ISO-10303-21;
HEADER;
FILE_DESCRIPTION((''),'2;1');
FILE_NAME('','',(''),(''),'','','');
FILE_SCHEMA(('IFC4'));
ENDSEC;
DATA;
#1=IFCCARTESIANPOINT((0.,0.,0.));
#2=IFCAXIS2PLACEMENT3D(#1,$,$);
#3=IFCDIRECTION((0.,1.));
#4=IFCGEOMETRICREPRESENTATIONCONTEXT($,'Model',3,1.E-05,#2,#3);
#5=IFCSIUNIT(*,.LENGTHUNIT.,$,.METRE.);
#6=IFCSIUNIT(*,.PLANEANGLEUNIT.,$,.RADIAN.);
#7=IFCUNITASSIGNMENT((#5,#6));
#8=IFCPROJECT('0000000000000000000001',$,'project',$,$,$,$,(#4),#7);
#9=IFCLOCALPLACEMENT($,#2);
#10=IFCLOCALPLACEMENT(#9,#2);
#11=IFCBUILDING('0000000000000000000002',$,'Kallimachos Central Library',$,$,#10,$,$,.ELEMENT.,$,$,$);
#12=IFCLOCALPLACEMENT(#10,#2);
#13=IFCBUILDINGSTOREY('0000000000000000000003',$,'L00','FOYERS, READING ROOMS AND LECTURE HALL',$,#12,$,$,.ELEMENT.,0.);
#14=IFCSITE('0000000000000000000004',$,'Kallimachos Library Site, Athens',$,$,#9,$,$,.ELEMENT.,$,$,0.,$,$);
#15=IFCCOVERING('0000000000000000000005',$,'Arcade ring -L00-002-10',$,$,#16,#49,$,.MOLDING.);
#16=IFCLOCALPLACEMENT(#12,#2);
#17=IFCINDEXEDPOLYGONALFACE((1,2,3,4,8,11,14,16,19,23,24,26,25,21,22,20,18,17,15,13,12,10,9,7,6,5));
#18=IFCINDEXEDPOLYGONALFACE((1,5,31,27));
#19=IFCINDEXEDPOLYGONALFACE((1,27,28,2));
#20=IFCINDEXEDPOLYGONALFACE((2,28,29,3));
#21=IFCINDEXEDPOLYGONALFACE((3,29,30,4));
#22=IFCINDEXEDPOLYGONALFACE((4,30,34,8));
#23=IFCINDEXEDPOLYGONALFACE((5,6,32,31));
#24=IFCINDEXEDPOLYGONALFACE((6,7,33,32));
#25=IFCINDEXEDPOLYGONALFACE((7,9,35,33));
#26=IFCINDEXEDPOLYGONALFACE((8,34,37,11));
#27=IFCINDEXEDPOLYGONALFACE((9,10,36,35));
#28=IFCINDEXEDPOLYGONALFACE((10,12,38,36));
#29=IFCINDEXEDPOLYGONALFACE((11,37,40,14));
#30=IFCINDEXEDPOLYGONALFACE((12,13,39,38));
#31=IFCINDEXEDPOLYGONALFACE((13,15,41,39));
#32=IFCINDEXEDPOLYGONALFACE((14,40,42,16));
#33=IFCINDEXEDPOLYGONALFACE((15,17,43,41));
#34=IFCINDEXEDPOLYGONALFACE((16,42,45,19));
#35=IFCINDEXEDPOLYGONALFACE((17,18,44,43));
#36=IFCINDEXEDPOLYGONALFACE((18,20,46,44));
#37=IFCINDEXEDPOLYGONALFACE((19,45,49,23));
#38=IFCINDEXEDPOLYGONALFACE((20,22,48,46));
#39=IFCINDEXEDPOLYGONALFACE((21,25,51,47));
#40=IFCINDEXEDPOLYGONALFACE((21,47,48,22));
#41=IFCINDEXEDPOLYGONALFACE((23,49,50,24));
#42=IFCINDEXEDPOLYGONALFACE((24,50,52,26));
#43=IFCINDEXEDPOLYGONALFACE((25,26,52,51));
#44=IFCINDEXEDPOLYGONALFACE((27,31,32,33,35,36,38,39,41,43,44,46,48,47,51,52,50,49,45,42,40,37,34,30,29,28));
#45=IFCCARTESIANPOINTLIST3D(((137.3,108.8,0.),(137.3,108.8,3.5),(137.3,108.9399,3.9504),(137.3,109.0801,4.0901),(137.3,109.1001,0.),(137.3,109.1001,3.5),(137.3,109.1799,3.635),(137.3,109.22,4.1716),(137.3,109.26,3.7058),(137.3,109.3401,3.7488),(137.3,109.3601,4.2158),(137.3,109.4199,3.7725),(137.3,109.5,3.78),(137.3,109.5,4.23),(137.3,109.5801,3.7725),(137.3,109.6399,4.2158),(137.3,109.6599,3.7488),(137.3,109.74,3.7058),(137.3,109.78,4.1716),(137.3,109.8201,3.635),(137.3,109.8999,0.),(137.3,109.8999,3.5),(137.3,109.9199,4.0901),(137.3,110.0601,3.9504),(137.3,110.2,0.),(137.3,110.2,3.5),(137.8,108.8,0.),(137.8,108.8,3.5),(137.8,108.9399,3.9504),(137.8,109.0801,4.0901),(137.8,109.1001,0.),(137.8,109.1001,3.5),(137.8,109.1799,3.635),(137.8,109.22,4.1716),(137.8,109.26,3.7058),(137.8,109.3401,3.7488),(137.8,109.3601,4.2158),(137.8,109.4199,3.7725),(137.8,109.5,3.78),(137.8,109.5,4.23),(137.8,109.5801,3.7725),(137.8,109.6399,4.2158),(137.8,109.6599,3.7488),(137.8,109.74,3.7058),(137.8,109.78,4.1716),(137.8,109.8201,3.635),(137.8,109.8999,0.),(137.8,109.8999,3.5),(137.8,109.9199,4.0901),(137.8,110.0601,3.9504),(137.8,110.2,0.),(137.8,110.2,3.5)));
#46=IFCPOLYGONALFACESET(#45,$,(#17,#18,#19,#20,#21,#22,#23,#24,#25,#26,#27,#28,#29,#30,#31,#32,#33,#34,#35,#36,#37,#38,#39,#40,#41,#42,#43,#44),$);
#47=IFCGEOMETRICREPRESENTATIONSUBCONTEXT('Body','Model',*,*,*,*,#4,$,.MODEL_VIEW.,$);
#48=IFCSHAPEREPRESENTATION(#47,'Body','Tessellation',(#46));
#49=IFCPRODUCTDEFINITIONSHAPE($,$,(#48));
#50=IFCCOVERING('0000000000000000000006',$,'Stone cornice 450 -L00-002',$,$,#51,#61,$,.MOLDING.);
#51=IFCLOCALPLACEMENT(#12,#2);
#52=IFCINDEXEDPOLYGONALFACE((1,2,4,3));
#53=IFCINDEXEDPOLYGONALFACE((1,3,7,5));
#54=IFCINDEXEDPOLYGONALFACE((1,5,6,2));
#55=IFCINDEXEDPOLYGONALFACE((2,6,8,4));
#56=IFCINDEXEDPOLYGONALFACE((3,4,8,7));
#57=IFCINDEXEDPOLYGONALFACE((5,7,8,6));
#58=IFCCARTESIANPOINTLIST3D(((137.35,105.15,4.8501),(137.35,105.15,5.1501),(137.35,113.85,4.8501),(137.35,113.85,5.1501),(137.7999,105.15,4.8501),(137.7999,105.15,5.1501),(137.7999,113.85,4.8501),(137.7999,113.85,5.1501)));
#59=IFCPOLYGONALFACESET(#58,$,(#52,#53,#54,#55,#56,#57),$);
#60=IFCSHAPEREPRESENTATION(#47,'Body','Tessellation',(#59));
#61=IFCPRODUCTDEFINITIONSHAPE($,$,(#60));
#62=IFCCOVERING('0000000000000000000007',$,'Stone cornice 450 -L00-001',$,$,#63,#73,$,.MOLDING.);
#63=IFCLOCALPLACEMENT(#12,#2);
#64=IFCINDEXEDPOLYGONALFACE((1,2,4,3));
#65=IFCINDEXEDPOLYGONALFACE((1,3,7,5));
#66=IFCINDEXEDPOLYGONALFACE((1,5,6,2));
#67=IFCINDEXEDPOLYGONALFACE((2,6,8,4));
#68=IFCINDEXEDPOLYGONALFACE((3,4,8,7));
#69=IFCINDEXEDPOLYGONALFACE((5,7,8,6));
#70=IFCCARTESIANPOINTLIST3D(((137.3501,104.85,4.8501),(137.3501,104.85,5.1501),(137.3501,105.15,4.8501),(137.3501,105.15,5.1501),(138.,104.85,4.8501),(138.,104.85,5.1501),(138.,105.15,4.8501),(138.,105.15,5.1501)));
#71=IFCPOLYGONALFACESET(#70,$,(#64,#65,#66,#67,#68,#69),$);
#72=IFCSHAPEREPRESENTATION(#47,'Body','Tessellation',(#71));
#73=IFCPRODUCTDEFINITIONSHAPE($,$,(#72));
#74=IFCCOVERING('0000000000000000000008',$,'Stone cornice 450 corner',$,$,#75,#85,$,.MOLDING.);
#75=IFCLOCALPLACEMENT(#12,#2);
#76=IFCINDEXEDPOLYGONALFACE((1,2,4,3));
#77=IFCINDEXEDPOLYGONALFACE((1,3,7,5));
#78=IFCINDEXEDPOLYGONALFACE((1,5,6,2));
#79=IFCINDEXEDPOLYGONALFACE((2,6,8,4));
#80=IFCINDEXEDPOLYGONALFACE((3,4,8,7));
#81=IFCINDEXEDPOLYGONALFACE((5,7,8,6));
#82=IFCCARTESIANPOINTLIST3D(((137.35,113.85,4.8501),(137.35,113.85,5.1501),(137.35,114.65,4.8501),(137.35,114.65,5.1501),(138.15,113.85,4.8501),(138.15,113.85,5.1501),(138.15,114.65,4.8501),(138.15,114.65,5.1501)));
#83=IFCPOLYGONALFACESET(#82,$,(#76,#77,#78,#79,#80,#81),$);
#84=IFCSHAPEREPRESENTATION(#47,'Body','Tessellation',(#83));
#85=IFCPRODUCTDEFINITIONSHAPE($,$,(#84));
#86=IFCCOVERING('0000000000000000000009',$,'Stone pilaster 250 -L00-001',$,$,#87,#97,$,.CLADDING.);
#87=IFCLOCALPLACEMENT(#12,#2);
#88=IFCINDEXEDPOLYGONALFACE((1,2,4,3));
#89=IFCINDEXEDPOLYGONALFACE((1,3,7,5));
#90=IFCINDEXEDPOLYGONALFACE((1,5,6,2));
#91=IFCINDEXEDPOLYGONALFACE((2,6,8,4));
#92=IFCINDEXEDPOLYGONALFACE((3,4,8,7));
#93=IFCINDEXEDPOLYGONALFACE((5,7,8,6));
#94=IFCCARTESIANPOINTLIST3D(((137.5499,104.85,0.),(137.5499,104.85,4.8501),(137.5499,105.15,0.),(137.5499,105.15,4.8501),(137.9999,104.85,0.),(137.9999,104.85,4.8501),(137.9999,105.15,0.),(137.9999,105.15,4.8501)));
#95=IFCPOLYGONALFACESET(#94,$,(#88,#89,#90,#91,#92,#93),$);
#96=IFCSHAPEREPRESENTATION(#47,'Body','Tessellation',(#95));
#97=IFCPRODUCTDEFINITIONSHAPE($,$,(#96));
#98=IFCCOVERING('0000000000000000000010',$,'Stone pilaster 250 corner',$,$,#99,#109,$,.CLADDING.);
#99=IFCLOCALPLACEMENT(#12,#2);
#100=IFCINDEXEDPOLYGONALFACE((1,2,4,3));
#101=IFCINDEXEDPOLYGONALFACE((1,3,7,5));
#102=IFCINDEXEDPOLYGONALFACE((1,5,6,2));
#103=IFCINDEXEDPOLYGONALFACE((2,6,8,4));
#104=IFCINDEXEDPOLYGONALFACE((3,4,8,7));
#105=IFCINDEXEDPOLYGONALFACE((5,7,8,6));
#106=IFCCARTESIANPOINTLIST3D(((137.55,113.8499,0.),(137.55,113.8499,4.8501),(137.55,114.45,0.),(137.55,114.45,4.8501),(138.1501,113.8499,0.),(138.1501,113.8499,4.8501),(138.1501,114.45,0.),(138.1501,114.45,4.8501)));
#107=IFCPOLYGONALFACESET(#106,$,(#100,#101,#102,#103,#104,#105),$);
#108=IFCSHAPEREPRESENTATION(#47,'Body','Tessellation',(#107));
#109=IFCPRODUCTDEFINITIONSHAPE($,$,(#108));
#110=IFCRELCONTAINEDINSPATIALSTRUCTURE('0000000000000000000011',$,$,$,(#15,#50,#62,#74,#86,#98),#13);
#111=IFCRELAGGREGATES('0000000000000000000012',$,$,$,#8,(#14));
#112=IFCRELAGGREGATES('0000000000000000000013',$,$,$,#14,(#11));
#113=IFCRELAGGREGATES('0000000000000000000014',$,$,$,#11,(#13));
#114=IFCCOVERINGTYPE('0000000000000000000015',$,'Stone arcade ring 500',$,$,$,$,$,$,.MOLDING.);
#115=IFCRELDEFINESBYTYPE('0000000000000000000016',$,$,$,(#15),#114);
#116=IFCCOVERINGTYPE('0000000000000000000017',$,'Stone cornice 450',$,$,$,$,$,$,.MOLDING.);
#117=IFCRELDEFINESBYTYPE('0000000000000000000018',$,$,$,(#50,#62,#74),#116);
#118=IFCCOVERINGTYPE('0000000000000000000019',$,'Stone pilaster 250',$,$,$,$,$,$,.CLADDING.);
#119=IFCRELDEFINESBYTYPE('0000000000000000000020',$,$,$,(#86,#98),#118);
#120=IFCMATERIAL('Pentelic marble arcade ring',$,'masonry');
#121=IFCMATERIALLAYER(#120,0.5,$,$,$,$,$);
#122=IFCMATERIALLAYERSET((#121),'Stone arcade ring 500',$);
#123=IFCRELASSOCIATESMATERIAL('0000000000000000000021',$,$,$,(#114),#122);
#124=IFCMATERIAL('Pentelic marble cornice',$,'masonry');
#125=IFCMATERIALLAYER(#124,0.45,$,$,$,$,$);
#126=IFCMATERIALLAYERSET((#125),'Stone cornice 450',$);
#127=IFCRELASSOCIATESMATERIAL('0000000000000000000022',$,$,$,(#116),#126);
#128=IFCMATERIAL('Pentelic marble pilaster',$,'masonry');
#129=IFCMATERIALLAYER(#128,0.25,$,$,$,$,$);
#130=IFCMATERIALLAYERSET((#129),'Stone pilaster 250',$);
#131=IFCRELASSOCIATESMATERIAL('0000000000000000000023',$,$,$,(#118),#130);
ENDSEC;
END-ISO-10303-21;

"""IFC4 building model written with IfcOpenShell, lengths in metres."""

from ifc_helpers import new_model, si_unit, direction, frame, origin, origin_2d, place, context, subcontext, project, spatial, polyline, rectangle, outline, extrude, material, layer, layer_set, type_object, element, save


model = new_model("IFC4")

# Units and contexts
model_context = context("Model", 3, precision=1e-05, world=origin(), true_north=direction((0.0, 1.0)))
body_context = subcontext(model_context, "Body", "Model", "MODEL_VIEW")
ifc_project = project(units=[si_unit("LENGTHUNIT", "METRE"), si_unit("PLANEANGLEUNIT", "RADIAN")], contexts=[model_context])

# Site, building, storey
site_placement = place(None, origin())
site = spatial("IfcSite", under=ifc_project, at=site_placement, Name="Kallimachos Library Site, Athens", CompositionType="ELEMENT", RefElevation=0.0)
building_placement = place(site_placement, origin())
building = spatial("IfcBuilding", under=site, at=building_placement, Name="Kallimachos Central Library", CompositionType="ELEMENT")
storey_placement = place(building_placement, origin())
storey = spatial("IfcBuildingStorey", under=building, at=storey_placement, Name="L00", Description="FOYERS, READING ROOMS AND LECTURE HALL", CompositionType="ELEMENT", Elevation=0.0)

# Coverings
ifc_material_1 = material(Name="Pentelic marble arcade ring", Category="masonry")
ifc_layer_1 = layer(ifc_material_1, 0.5)
ifc_layer_set_1 = layer_set([ifc_layer_1], Name="Stone arcade ring 500")
covering_type_1 = type_object("IfcCoveringType", Name="Stone arcade ring 500", PredefinedType="MOLDING", material=ifc_layer_set_1)
covering_1_placement = place(storey_placement, frame((137.3, 108.8, 0.0), z_axis=(-1.0, 0.0, 0.0), x_axis=(0.0, 0.0, 1.0)))
element("IfcCovering", 1, at=covering_1_placement, inside=storey, type_object=covering_type_1, Name="Arcade ring -L00-002-10", PredefinedType="MOLDING", context=body_context, shape_type="SweptSolid", body=[
    extrude(outline(polyline([(0.0, 0.0), (3.5, 0.0), (3.9504, 0.1399), (4.0901, 0.28), (4.1716, 0.4199), (4.2158, 0.5601), (4.23, 0.7), (4.2158, 0.8398), (4.1716, 0.98), (4.0901, 1.1199), (3.9504, 1.26), (3.5, 1.3999), (0.0, 1.3999), (0.0, 1.0999), (3.5, 1.0999), (3.635, 1.02), (3.7058, 0.9399), (3.7488, 0.8599), (3.7725, 0.78), (3.78, 0.7), (3.7725, 0.6199), (3.7488, 0.54), (3.7058, 0.46), (3.635, 0.3799), (3.5, 0.3), (0.0, 0.3), (0.0, 0.0)])), origin(), (0.0, 0.0, -1.0), 0.5),
])
ifc_material_2 = material(Name="Pentelic marble cornice", Category="masonry")
ifc_layer_2 = layer(ifc_material_2, 0.45)
ifc_layer_set_2 = layer_set([ifc_layer_2], Name="Stone cornice 450")
covering_type_2 = type_object("IfcCoveringType", Name="Stone cornice 450", PredefinedType="MOLDING", material=ifc_layer_set_2)
covering_2_placement = place(storey_placement, frame((137.575, 109.5, 4.8501), z_axis=(0.0, 0.0, 1.0), x_axis=(1.0, 0.0, 0.0)))
element("IfcCovering", 2, at=covering_2_placement, inside=storey, type_object=covering_type_2, Name="Stone cornice 450 -L00-002", PredefinedType="MOLDING", context=body_context, shape_type="SweptSolid", body=[
    extrude(rectangle(XDim=0.45, YDim=8.7, at=origin_2d()), origin(), (0.0, 0.0, 1.0), 0.3),
])
covering_3_placement = place(storey_placement, frame((137.675, 105.0, 4.8501), z_axis=(0.0, 0.0, 1.0), x_axis=(1.0, 0.0, 0.0)))
element("IfcCovering", 3, at=covering_3_placement, inside=storey, type_object=covering_type_2, Name="Stone cornice 450 -L00-001", PredefinedType="MOLDING", context=body_context, shape_type="SweptSolid", body=[
    extrude(rectangle(XDim=0.6499, YDim=0.3, at=origin_2d()), origin(), (0.0, 0.0, 1.0), 0.3),
])
covering_4_placement = place(storey_placement, frame((137.75, 114.25, 4.8501), z_axis=(0.0, 0.0, 1.0), x_axis=(1.0, 0.0, 0.0)))
element("IfcCovering", 4, at=covering_4_placement, inside=storey, type_object=covering_type_2, Name="Stone cornice 450 corner", PredefinedType="MOLDING", context=body_context, shape_type="SweptSolid", body=[
    extrude(rectangle(XDim=0.8, YDim=0.8, at=origin_2d()), origin(), (0.0, 0.0, 1.0), 0.3),
])
ifc_material_3 = material(Name="Pentelic marble pilaster", Category="masonry")
ifc_layer_3 = layer(ifc_material_3, 0.25)
ifc_layer_set_3 = layer_set([ifc_layer_3], Name="Stone pilaster 250")
covering_type_3 = type_object("IfcCoveringType", Name="Stone pilaster 250", PredefinedType="CLADDING", material=ifc_layer_set_3)
covering_5_placement = place(storey_placement, frame((137.7749, 105.0, 0.0), z_axis=(0.0, 0.0, 1.0), x_axis=(1.0, 0.0, 0.0)))
element("IfcCovering", 5, at=covering_5_placement, inside=storey, type_object=covering_type_3, Name="Stone pilaster 250 -L00-001", PredefinedType="CLADDING", context=body_context, shape_type="SweptSolid", body=[
    extrude(rectangle(XDim=0.45, YDim=0.3, at=origin_2d()), origin(), (0.0, 0.0, 1.0), 4.8501),
])
covering_6_placement = place(storey_placement, frame((137.8501, 114.1499, 0.0), z_axis=(0.0, 0.0, 1.0), x_axis=(1.0, 0.0, 0.0)))
element("IfcCovering", 6, at=covering_6_placement, inside=storey, type_object=covering_type_3, Name="Stone pilaster 250 corner", PredefinedType="CLADDING", context=body_context, shape_type="SweptSolid", body=[
    extrude(rectangle(XDim=0.6001, YDim=0.6001, at=origin_2d()), origin(), (0.0, 0.0, 1.0), 4.8501),
])

save(model, "model.ifc")
